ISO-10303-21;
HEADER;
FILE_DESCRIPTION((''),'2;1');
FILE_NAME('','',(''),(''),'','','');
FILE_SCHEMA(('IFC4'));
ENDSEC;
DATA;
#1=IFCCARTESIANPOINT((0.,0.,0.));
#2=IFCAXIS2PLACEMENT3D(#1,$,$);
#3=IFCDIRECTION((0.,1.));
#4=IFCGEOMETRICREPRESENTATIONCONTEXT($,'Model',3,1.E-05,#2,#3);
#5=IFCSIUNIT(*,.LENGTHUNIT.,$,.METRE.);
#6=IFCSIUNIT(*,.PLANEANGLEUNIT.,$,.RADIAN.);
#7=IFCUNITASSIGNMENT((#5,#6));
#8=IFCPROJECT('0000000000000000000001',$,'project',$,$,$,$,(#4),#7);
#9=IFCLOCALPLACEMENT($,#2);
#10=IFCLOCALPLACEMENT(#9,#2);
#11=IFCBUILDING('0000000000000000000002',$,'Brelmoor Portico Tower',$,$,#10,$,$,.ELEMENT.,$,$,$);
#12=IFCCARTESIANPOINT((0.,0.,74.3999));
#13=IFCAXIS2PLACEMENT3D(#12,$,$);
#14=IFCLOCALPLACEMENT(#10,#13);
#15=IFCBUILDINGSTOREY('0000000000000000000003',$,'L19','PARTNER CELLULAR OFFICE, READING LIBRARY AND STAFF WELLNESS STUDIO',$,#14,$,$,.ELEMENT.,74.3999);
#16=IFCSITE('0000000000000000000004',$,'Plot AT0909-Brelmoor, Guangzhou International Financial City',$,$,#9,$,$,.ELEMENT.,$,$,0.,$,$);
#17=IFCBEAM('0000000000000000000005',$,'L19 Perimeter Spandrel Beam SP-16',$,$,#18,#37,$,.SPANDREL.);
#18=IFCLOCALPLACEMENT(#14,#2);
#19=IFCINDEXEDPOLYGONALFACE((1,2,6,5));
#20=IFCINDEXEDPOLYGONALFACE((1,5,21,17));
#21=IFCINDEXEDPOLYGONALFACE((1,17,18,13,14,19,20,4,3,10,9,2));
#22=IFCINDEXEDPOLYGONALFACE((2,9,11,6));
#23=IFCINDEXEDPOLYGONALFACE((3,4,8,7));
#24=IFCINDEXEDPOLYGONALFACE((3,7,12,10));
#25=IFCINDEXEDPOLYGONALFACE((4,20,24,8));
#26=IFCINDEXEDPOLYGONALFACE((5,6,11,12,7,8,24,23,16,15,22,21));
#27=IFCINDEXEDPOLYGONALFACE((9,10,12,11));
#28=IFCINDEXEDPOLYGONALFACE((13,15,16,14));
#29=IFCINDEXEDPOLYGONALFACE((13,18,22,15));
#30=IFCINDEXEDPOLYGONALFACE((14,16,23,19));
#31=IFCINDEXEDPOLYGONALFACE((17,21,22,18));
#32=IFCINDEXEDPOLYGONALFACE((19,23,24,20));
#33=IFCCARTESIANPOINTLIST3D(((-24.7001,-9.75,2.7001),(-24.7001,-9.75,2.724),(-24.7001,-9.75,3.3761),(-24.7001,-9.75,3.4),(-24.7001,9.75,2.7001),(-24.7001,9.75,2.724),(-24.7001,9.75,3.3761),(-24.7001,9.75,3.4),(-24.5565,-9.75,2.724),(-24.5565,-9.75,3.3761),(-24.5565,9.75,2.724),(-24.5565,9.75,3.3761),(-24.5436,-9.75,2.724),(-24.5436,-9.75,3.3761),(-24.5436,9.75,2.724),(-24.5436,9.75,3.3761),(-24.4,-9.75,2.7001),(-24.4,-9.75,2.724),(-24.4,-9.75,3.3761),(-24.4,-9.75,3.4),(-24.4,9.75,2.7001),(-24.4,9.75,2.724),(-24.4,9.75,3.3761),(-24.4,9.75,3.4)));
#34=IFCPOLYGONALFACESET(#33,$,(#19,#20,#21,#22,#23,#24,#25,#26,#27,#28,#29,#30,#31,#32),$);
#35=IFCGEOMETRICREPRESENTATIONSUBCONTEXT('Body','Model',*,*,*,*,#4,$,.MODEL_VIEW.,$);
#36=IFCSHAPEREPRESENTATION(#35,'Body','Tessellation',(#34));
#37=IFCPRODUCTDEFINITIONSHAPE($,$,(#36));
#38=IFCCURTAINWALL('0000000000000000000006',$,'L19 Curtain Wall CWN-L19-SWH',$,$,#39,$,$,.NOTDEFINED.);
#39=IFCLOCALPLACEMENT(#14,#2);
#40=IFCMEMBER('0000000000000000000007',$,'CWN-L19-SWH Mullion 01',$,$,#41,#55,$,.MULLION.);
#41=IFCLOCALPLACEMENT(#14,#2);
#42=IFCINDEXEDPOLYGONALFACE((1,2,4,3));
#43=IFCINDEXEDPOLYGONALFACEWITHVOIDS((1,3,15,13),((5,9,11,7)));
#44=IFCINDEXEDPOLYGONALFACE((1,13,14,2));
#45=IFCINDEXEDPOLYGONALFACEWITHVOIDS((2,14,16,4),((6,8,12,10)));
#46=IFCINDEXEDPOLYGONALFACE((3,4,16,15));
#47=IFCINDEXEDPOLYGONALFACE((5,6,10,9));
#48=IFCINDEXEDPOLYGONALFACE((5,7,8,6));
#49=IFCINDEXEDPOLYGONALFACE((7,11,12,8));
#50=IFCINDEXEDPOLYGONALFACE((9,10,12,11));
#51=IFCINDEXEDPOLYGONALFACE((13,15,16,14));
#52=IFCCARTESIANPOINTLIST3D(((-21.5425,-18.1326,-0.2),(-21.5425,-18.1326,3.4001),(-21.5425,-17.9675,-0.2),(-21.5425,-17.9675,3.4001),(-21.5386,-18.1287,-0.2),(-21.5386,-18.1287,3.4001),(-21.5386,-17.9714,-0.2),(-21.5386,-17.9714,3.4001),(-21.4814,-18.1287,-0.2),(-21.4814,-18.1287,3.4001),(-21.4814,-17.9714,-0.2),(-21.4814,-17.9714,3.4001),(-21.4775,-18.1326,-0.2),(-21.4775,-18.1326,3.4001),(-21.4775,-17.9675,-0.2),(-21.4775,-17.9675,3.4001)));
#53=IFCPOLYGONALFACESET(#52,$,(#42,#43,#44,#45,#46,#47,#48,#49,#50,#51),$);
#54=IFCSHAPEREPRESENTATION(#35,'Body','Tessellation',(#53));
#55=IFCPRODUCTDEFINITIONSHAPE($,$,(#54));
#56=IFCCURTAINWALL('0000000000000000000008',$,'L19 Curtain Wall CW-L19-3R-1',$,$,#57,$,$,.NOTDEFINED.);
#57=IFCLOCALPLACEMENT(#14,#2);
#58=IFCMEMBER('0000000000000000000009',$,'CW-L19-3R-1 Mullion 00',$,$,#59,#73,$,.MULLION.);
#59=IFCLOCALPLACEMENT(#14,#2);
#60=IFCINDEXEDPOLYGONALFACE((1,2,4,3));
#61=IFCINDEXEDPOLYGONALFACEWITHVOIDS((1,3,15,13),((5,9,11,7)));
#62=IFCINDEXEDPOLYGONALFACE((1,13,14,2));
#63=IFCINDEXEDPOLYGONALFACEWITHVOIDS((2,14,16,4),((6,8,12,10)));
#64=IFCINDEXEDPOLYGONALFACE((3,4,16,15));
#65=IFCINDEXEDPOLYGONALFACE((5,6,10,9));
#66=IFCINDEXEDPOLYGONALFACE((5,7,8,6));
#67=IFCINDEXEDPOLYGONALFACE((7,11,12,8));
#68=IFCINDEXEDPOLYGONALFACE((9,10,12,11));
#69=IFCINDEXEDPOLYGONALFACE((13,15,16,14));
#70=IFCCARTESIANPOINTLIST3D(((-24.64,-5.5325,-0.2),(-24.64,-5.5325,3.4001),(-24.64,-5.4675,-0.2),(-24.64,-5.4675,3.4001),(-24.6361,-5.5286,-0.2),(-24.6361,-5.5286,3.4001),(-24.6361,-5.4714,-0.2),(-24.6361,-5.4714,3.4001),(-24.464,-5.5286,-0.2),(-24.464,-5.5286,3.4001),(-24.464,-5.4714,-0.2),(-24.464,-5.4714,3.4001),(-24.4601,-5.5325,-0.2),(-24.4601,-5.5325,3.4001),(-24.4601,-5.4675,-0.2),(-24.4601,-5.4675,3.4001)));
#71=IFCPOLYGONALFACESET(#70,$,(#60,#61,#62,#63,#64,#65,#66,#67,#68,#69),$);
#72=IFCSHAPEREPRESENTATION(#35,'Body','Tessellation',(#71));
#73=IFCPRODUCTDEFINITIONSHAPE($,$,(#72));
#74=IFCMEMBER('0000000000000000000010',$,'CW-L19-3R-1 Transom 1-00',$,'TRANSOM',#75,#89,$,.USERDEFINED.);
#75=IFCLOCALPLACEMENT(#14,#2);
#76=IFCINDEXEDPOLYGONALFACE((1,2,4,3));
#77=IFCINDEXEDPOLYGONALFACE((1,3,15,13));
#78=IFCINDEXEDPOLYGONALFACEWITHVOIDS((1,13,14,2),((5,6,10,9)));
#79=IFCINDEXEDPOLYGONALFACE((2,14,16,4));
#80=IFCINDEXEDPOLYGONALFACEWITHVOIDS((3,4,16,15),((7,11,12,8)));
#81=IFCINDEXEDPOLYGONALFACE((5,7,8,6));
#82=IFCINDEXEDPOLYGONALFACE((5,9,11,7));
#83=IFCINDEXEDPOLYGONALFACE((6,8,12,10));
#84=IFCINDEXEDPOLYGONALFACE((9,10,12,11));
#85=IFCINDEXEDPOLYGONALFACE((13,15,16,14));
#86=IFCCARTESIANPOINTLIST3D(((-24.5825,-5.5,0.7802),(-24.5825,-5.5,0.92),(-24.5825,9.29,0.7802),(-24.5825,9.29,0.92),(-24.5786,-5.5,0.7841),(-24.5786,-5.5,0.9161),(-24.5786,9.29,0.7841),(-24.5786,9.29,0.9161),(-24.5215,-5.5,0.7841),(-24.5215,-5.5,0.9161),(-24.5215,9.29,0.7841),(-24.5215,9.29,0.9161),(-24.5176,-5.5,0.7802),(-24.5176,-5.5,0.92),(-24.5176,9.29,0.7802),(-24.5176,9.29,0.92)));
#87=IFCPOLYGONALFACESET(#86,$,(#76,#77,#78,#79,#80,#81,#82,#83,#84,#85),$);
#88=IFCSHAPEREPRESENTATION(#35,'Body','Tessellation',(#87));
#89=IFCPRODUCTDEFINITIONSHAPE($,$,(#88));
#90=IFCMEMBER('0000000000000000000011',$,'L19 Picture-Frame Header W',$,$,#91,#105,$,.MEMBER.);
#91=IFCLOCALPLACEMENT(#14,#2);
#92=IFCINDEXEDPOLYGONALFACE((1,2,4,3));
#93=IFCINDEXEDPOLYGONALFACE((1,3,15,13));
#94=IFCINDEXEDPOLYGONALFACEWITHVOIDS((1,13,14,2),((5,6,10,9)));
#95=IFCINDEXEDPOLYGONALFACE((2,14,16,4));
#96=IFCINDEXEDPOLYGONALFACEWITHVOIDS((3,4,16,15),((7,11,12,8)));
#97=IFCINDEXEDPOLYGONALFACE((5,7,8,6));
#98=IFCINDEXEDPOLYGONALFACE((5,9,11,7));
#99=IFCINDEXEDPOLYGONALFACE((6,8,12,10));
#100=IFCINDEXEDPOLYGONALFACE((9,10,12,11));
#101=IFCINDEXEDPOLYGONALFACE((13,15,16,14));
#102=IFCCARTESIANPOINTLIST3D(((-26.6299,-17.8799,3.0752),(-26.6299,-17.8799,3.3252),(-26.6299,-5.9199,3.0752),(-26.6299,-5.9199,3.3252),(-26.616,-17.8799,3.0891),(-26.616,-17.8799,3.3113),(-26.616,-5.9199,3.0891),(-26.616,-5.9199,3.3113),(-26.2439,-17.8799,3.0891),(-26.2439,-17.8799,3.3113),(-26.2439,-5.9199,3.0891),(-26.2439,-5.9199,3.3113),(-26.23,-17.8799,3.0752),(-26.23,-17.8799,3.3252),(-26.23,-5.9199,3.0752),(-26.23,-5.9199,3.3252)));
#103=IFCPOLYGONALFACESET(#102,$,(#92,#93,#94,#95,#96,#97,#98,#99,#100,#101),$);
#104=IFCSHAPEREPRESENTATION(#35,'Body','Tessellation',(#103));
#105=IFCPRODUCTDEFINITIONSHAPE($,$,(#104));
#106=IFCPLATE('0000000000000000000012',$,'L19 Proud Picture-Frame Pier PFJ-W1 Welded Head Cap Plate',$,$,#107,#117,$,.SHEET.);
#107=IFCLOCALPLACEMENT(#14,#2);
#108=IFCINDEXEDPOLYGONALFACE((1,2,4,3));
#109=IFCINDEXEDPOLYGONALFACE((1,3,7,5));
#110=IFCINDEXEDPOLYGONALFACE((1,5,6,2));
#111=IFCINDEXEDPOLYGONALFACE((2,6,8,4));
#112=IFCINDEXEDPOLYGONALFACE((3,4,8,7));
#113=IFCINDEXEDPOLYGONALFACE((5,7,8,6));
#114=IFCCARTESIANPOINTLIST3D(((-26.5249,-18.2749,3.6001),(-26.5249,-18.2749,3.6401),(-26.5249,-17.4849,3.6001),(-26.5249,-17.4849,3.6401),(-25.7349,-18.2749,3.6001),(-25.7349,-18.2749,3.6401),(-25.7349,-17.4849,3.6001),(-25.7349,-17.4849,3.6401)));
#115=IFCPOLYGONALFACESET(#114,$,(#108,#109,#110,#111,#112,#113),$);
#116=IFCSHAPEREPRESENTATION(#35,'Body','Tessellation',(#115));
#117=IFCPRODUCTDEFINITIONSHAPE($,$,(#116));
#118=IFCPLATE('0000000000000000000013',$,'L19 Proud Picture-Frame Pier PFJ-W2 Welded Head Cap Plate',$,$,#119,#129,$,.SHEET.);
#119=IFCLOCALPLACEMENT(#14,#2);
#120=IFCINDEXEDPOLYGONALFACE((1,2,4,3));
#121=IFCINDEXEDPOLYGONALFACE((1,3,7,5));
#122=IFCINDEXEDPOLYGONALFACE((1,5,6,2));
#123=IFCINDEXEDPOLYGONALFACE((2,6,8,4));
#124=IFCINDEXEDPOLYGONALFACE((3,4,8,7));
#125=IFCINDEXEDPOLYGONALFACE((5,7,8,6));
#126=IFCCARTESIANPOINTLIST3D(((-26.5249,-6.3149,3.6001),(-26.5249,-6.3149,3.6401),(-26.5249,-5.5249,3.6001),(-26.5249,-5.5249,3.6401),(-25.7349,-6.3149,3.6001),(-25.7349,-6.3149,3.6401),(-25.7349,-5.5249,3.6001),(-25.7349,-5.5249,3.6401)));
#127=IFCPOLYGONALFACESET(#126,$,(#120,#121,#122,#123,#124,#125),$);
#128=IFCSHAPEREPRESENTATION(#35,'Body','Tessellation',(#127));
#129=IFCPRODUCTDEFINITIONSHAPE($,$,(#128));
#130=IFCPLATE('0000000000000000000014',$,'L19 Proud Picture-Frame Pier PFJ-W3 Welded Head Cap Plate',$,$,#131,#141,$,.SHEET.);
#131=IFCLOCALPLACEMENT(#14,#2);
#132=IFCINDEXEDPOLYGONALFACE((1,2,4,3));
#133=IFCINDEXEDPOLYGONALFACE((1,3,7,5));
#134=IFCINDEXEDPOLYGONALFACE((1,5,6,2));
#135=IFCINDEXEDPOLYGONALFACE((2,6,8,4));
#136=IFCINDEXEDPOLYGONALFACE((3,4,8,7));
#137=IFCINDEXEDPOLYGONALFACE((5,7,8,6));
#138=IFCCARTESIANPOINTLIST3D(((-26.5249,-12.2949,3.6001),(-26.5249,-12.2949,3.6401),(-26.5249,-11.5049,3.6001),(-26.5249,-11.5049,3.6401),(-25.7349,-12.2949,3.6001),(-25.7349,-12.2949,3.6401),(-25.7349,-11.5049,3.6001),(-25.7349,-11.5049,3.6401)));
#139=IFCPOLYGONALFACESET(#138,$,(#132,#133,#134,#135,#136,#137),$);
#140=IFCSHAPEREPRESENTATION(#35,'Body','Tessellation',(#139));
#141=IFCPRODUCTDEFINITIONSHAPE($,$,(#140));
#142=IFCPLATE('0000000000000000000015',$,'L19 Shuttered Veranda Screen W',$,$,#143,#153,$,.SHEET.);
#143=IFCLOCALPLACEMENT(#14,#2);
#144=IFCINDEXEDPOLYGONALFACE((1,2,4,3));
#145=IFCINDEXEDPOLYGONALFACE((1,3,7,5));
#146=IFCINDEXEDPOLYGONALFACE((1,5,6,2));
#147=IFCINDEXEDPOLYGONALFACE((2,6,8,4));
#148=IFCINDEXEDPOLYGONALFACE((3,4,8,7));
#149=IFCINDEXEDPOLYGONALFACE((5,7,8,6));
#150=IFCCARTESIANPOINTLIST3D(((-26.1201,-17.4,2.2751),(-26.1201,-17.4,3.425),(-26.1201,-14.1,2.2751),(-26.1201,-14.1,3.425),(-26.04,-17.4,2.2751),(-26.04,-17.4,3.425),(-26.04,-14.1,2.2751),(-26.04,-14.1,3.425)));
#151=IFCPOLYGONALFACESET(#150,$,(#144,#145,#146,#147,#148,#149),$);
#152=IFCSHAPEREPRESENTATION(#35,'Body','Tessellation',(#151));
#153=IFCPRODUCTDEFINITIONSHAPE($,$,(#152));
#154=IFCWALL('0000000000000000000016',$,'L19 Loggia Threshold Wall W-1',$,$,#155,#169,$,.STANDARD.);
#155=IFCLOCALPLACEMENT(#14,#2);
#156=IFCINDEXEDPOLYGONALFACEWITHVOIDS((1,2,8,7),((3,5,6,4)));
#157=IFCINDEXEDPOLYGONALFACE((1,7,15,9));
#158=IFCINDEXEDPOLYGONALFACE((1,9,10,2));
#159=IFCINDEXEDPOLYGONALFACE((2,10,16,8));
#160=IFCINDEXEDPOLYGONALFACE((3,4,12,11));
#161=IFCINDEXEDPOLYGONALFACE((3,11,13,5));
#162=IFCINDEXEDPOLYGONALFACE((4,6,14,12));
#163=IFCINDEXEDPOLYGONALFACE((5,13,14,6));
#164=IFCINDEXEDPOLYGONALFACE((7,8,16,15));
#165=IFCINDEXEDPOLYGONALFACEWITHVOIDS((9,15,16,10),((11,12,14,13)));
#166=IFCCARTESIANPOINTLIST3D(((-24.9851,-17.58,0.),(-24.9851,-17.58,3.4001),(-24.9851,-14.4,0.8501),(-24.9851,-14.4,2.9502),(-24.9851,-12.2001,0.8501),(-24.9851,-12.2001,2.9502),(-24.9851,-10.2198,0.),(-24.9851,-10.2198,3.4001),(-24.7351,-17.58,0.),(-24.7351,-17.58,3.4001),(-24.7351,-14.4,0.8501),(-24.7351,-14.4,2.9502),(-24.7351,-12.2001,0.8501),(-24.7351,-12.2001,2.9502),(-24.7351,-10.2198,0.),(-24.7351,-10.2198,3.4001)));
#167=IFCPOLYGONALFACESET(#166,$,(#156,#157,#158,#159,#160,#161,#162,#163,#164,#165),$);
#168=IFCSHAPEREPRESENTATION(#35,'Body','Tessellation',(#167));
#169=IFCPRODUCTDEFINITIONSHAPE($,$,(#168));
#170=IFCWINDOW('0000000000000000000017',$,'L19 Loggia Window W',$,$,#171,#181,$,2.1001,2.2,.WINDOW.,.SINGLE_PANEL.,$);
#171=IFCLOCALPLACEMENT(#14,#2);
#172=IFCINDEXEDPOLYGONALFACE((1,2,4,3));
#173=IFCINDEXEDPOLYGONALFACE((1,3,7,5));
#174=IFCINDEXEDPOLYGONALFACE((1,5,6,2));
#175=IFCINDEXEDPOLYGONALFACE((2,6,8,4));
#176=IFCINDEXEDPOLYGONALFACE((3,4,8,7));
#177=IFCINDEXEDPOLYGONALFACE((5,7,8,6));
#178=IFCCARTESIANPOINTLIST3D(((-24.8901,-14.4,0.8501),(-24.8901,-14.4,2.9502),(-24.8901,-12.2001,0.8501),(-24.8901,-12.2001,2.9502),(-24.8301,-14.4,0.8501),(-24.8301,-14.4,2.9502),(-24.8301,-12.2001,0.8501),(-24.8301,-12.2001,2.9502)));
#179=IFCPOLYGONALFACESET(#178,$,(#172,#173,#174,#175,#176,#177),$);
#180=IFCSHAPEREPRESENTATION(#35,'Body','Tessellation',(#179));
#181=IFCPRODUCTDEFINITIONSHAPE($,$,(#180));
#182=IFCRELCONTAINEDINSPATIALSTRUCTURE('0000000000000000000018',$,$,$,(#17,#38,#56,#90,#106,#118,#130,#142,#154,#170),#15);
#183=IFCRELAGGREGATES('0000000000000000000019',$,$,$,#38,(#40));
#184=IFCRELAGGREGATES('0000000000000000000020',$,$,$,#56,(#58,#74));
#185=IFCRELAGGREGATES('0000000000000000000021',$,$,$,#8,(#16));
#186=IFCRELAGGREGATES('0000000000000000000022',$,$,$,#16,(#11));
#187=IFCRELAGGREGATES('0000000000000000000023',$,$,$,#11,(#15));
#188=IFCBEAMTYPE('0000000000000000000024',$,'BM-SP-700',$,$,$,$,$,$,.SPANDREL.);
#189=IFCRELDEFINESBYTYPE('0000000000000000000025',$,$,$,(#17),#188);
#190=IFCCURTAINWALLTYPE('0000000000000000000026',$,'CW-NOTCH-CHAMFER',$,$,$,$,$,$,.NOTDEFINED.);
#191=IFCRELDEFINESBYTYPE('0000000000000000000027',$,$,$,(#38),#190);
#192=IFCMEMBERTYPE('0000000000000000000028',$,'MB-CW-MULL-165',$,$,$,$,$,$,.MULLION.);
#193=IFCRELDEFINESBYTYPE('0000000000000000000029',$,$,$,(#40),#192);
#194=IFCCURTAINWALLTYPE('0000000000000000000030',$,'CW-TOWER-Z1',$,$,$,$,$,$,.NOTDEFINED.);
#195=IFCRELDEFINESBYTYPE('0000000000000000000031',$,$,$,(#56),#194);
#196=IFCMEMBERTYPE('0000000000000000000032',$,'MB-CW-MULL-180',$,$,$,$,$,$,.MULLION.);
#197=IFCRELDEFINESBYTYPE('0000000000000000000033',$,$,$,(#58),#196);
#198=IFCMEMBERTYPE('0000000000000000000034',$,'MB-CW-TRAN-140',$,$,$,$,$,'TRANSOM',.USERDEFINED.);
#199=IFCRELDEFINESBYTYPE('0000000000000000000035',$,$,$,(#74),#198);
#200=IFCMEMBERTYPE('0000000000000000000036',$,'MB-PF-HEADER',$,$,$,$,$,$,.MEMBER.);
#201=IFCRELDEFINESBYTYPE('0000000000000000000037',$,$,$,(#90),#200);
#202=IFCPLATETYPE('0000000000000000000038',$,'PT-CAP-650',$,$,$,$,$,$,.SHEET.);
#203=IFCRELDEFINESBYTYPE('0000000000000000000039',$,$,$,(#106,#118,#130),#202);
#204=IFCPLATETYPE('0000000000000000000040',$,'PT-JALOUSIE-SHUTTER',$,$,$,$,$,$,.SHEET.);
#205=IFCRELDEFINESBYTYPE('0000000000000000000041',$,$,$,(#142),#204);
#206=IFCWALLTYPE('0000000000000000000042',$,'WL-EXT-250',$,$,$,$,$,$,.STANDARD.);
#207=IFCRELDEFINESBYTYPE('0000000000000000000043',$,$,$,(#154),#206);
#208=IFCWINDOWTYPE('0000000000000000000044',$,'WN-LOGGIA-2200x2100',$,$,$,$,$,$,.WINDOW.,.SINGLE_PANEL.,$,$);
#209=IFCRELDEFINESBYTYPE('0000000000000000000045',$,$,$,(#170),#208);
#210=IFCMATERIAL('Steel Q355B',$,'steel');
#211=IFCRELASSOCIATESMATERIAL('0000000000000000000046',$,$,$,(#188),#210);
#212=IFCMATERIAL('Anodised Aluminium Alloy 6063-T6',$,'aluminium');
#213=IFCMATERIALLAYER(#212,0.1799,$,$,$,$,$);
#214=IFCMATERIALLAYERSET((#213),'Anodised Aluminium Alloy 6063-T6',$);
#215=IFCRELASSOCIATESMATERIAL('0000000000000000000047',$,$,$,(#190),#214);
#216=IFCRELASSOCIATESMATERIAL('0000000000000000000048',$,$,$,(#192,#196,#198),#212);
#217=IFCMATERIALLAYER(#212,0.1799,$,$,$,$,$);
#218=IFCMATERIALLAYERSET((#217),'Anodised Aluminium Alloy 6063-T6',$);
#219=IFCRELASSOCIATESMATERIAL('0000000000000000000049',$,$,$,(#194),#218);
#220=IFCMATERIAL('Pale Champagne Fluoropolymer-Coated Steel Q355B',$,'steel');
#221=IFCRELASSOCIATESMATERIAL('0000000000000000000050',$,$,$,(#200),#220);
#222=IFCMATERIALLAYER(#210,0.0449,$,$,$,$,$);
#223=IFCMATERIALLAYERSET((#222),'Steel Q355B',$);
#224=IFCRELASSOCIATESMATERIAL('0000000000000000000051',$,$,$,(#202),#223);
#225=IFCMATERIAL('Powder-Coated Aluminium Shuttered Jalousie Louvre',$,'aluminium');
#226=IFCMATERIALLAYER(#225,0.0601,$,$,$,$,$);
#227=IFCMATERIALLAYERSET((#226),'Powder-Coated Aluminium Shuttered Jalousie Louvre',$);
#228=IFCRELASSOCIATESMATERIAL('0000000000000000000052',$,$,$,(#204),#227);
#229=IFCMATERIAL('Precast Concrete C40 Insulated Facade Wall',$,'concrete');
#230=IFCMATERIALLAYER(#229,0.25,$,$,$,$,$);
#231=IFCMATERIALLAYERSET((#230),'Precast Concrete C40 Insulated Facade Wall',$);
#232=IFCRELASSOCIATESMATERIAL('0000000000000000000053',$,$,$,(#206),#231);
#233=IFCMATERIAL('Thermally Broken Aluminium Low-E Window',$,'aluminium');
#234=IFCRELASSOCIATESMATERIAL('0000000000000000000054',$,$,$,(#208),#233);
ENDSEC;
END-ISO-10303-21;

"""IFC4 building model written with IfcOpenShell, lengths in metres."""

from ifc_helpers import new_model, si_unit, direction, frame, frame_2d, origin, origin_2d, place, context, subcontext, project, spatial, rectangle, hollow_rectangle, i_section, extrude, material, layer, layer_set, material_profile, profile_set, type_object, element, fill, aggregate, save


model = new_model("IFC4")

# Units and contexts
model_context = context("Model", 3, precision=1e-05, world=origin(), true_north=direction((0.0, 1.0)))
body_context = subcontext(model_context, "Body", "Model", "MODEL_VIEW")
ifc_project = project(units=[si_unit("LENGTHUNIT", "METRE"), si_unit("PLANEANGLEUNIT", "RADIAN")], contexts=[model_context])

# Site, building, storey
site_placement = place(None, origin())
site = spatial("IfcSite", under=ifc_project, at=site_placement, Name="Plot AT0909-Brelmoor, Guangzhou International Financial City", CompositionType="ELEMENT", RefElevation=0.0)
building_placement = place(site_placement, origin())
building = spatial("IfcBuilding", under=site, at=building_placement, Name="Brelmoor Portico Tower", CompositionType="ELEMENT")
storey_placement = place(building_placement, frame((0.0, 0.0, 74.3999)))
storey = spatial("IfcBuildingStorey", under=building, at=storey_placement, Name="L19", Description="PARTNER CELLULAR OFFICE, READING LIBRARY AND STAFF WELLNESS STUDIO", CompositionType="ELEMENT", Elevation=74.3999)

# Shared definitions
ifc_material_1 = material(Name="Steel Q355B", Category="steel")

# Beam
ifc_material_profile_1 = material_profile(ifc_material_1, i_section(OverallWidth=0.3, OverallDepth=0.7, WebThickness=0.0129, FlangeThickness=0.0239, at=origin_2d()), Name="HN 700x300x13x24")
ifc_profile_set_1 = profile_set([ifc_material_profile_1], Name="Steel Q355B")
beam_type_1 = type_object("IfcBeamType", Name="BM-SP-700", PredefinedType="SPANDREL", material=ifc_profile_set_1)
beam_1_placement = place(storey_placement, frame((-24.55, -9.75, 3.05), z_axis=(0.0, 1.0, 0.0), x_axis=(-1.0, 0.0, 0.0)))
element("IfcBeam", 1, at=beam_1_placement, inside=storey, type_object=beam_type_1, Name="L19 Perimeter Spandrel Beam SP-16", PredefinedType="SPANDREL", context=body_context, shape_type="SweptSolid", body=[
    extrude(i_section(OverallWidth=0.3, OverallDepth=0.7, WebThickness=0.0129, FlangeThickness=0.0239, at=origin_2d()), origin(), (0.0, 0.0, 1.0), 19.5),
])

# Curtain wall, member
ifc_material_2 = material(Name="Anodised Aluminium Alloy 6063-T6", Category="aluminium")
ifc_layer_1 = layer(ifc_material_2, 0.1799)
ifc_layer_set_1 = layer_set([ifc_layer_1], Name="Anodised Aluminium Alloy 6063-T6")
curtain_wall_type_1 = type_object("IfcCurtainWallType", Name="CW-NOTCH-CHAMFER", PredefinedType="NOTDEFINED", material=ifc_layer_set_1)
curtain_wall_1_placement = place(storey_placement, origin())
curtain_wall_1 = element("IfcCurtainWall", 2, at=curtain_wall_1_placement, inside=storey, type_object=curtain_wall_type_1, Name="L19 Curtain Wall CWN-L19-SWH", PredefinedType="NOTDEFINED")
ifc_material_profile_2 = material_profile(ifc_material_2, hollow_rectangle(XDim=0.0649, YDim=0.165, WallThickness=0.0039, at=origin_2d()), Name="ALU MULLION 65x165")
ifc_profile_set_2 = profile_set([ifc_material_profile_2], Name="Anodised Aluminium Alloy 6063-T6")
member_type_1 = type_object("IfcMemberType", Name="MB-CW-MULL-165", PredefinedType="MULLION", material=ifc_profile_set_2)
member_1_placement = place(storey_placement, frame((-21.51, -18.05, -0.2), z_axis=(0.0, 0.0, 1.0), x_axis=(1.0, 0.0, 0.0)))
member_1 = element("IfcMember", 3, at=member_1_placement, type_object=member_type_1, Name="CWN-L19-SWH Mullion 01", PredefinedType="MULLION", context=body_context, shape_type="SweptSolid", body=[
    extrude(hollow_rectangle(XDim=0.0649, YDim=0.165, WallThickness=0.0039, at=origin_2d()), origin(), (0.0, 0.0, 1.0), 3.6001),
])
aggregate(curtain_wall_1, [member_1])

# Curtain wall, members
ifc_layer_2 = layer(ifc_material_2, 0.1799)
ifc_layer_set_2 = layer_set([ifc_layer_2], Name="Anodised Aluminium Alloy 6063-T6")
curtain_wall_type_2 = type_object("IfcCurtainWallType", Name="CW-TOWER-Z1", PredefinedType="NOTDEFINED", material=ifc_layer_set_2)
curtain_wall_2_placement = place(storey_placement, origin())
curtain_wall_2 = element("IfcCurtainWall", 4, at=curtain_wall_2_placement, inside=storey, type_object=curtain_wall_type_2, Name="L19 Curtain Wall CW-L19-3R-1", PredefinedType="NOTDEFINED")
ifc_material_profile_3 = material_profile(ifc_material_2, hollow_rectangle(XDim=0.0649, YDim=0.1799, WallThickness=0.0039, at=origin_2d()), Name="ALU MULLION 65x180")
ifc_profile_set_3 = profile_set([ifc_material_profile_3], Name="Anodised Aluminium Alloy 6063-T6")
member_type_2 = type_object("IfcMemberType", Name="MB-CW-MULL-180", PredefinedType="MULLION", material=ifc_profile_set_3)
member_2_placement = place(storey_placement, frame((-24.55, -5.5, -0.2), z_axis=(0.0, 0.0, 1.0), x_axis=(0.0, 1.0, 0.0)))
member_2 = element("IfcMember", 5, at=member_2_placement, type_object=member_type_2, Name="CW-L19-3R-1 Mullion 00", PredefinedType="MULLION", context=body_context, shape_type="SweptSolid", body=[
    extrude(hollow_rectangle(XDim=0.0649, YDim=0.1799, WallThickness=0.0039, at=origin_2d()), origin(), (0.0, 0.0, 1.0), 3.6001),
])
ifc_material_profile_4 = material_profile(ifc_material_2, hollow_rectangle(XDim=0.0649, YDim=0.1399, WallThickness=0.0039, at=origin_2d()), Name="ALU TRANSOM 65x140")
ifc_profile_set_4 = profile_set([ifc_material_profile_4], Name="Anodised Aluminium Alloy 6063-T6")
member_type_3 = type_object("IfcMemberType", Name="MB-CW-TRAN-140", ElementType="TRANSOM", PredefinedType="USERDEFINED", material=ifc_profile_set_4)
member_3_placement = place(storey_placement, frame((-24.55, -5.5, 0.8501), z_axis=(0.0, 1.0, 0.0), x_axis=(-1.0, 0.0, 0.0)))
member_3 = element("IfcMember", 6, at=member_3_placement, type_object=member_type_3, Name="CW-L19-3R-1 Transom 1-00", ObjectType="TRANSOM", PredefinedType="USERDEFINED", context=body_context, shape_type="SweptSolid", body=[
    extrude(hollow_rectangle(XDim=0.0649, YDim=0.1399, WallThickness=0.0039, at=origin_2d()), origin(), (0.0, 0.0, 1.0), 14.79),
])
aggregate(curtain_wall_2, [member_2, member_3])

# Member
ifc_material_3 = material(Name="Pale Champagne Fluoropolymer-Coated Steel Q355B", Category="steel")
ifc_material_profile_5 = material_profile(ifc_material_3, hollow_rectangle(XDim=0.25, YDim=0.3999, WallThickness=0.0139, at=origin_2d()), Name="RHS 250x400x14")
ifc_profile_set_5 = profile_set([ifc_material_profile_5], Name="Pale Champagne Fluoropolymer-Coated Steel Q355B")
member_type_4 = type_object("IfcMemberType", Name="MB-PF-HEADER", PredefinedType="MEMBER", material=ifc_profile_set_5)
member_4_placement = place(storey_placement, frame((-26.4299, -17.8799, 3.2002), z_axis=(0.0, 1.0, 0.0), x_axis=(0.0, 0.0, 1.0)))
element("IfcMember", 7, at=member_4_placement, inside=storey, type_object=member_type_4, Name="L19 Picture-Frame Header W", PredefinedType="MEMBER", context=body_context, shape_type="SweptSolid", body=[
    extrude(hollow_rectangle(XDim=0.25, YDim=0.3999, WallThickness=0.0139, at=origin_2d()), origin(), (0.0, 0.0, 1.0), 11.96),
])

# Plates
ifc_layer_3 = layer(ifc_material_1, 0.0449)
ifc_layer_set_3 = layer_set([ifc_layer_3], Name="Steel Q355B")
plate_type_1 = type_object("IfcPlateType", Name="PT-CAP-650", PredefinedType="SHEET", material=ifc_layer_set_3)
for number, where, z_axis, x_axis, name in (
    (8, (-26.1299, -17.8799, 3.6001), (0.0, 0.0, 1.0), (0.0, 1.0, 0.0), "L19 Proud Picture-Frame Pier PFJ-W1 Welded Head Cap Plate"),
    (9, (-26.1299, -5.9199, 3.6001), (0.0, 0.0, 1.0), (0.0, 1.0, 0.0), "L19 Proud Picture-Frame Pier PFJ-W2 Welded Head Cap Plate"),
    (10, (-26.1299, -11.8999, 3.6001), (0.0, 0.0, 1.0), (0.0, 1.0, 0.0), "L19 Proud Picture-Frame Pier PFJ-W3 Welded Head Cap Plate"),
):
    element("IfcPlate", number, at=place(storey_placement, frame(where, z_axis=z_axis, x_axis=x_axis)), inside=storey, type_object=plate_type_1, Name=name, PredefinedType="SHEET", context=body_context, shape_type="SweptSolid", body=[
        extrude(rectangle(XDim=0.79, YDim=0.79, at=origin_2d()), origin(), (0.0, 0.0, 1.0), 0.04),
    ])
ifc_material_4 = material(Name="Powder-Coated Aluminium Shuttered Jalousie Louvre", Category="aluminium")
ifc_layer_4 = layer(ifc_material_4, 0.0601)
ifc_layer_set_4 = layer_set([ifc_layer_4], Name="Powder-Coated Aluminium Shuttered Jalousie Louvre")
plate_type_2 = type_object("IfcPlateType", Name="PT-JALOUSIE-SHUTTER", PredefinedType="SHEET", material=ifc_layer_set_4)
plate_placement = place(storey_placement, frame((-26.0801, -15.75, 2.2751), z_axis=(0.0, 0.0, 1.0), x_axis=(0.0, 1.0, 0.0)))
element("IfcPlate", 11, at=plate_placement, inside=storey, type_object=plate_type_2, Name="L19 Shuttered Veranda Screen W", PredefinedType="SHEET", context=body_context, shape_type="SweptSolid", body=[
    extrude(rectangle(XDim=3.3, YDim=0.0801, at=origin_2d()), origin(), (0.0, 0.0, 1.0), 1.1499),
])

# Wall, opening, window
ifc_material_5 = material(Name="Precast Concrete C40 Insulated Facade Wall", Category="concrete")
ifc_layer_5 = layer(ifc_material_5, 0.25)
ifc_layer_set_5 = layer_set([ifc_layer_5], Name="Precast Concrete C40 Insulated Facade Wall")
wall_type_1 = type_object("IfcWallType", Name="WL-EXT-250", PredefinedType="STANDARD", material=ifc_layer_set_5)
wall_1_placement = place(storey_placement, frame((-24.8601, -17.5801, 0.0), z_axis=(0.0, 0.0, 1.0), x_axis=(0.0, 1.0, 0.0)))
wall_1 = element("IfcWall", 12, at=wall_1_placement, inside=storey, type_object=wall_type_1, Name="L19 Loggia Threshold Wall W-1", PredefinedType="STANDARD", context=body_context, shape_type="SweptSolid", body=[
    extrude(rectangle(XDim=7.3601, YDim=0.25, at=frame_2d((3.6802, 0.0))), origin(), (0.0, 0.0, 1.0), 3.4001),
])
opening_1_placement = place(wall_1_placement, frame((3.1799, 0.0, 0.8501)))
opening_1 = element("IfcOpeningElement", 13, at=opening_1_placement, cuts=wall_1, PredefinedType="OPENING", context=body_context, shape_type="SweptSolid", body=[
    extrude(rectangle(XDim=2.2, YDim=2.1001, at=frame_2d((1.1001, 1.05))), frame((0.0, 0.135, 0.0), z_axis=(0.0, -1.0, 0.0), x_axis=(1.0, 0.0, 0.0)), (0.0, 0.0, 1.0), 0.27),
])
ifc_material_6 = material(Name="Thermally Broken Aluminium Low-E Window", Category="aluminium")
window_type = type_object("IfcWindowType", Name="WN-LOGGIA-2200x2100", PartitioningType="SINGLE_PANEL", PredefinedType="WINDOW", material=ifc_material_6)
window_placement = place(opening_1_placement, origin())
window = element("IfcWindow", 14, at=window_placement, inside=storey, type_object=window_type, Name="L19 Loggia Window W", OverallHeight=2.1001, OverallWidth=2.2, PartitioningType="SINGLE_PANEL", PredefinedType="WINDOW", context=body_context, shape_type="SweptSolid", body=[
    extrude(rectangle(XDim=2.2, YDim=2.1001, at=frame_2d((1.1001, 1.05))), frame((0.0, 0.03, 0.0), z_axis=(0.0, -1.0, 0.0), x_axis=(1.0, 0.0, 0.0)), (0.0, 0.0, 1.0), 0.0601),
])
fill(opening_1, window)

save(model, "model.ifc")
